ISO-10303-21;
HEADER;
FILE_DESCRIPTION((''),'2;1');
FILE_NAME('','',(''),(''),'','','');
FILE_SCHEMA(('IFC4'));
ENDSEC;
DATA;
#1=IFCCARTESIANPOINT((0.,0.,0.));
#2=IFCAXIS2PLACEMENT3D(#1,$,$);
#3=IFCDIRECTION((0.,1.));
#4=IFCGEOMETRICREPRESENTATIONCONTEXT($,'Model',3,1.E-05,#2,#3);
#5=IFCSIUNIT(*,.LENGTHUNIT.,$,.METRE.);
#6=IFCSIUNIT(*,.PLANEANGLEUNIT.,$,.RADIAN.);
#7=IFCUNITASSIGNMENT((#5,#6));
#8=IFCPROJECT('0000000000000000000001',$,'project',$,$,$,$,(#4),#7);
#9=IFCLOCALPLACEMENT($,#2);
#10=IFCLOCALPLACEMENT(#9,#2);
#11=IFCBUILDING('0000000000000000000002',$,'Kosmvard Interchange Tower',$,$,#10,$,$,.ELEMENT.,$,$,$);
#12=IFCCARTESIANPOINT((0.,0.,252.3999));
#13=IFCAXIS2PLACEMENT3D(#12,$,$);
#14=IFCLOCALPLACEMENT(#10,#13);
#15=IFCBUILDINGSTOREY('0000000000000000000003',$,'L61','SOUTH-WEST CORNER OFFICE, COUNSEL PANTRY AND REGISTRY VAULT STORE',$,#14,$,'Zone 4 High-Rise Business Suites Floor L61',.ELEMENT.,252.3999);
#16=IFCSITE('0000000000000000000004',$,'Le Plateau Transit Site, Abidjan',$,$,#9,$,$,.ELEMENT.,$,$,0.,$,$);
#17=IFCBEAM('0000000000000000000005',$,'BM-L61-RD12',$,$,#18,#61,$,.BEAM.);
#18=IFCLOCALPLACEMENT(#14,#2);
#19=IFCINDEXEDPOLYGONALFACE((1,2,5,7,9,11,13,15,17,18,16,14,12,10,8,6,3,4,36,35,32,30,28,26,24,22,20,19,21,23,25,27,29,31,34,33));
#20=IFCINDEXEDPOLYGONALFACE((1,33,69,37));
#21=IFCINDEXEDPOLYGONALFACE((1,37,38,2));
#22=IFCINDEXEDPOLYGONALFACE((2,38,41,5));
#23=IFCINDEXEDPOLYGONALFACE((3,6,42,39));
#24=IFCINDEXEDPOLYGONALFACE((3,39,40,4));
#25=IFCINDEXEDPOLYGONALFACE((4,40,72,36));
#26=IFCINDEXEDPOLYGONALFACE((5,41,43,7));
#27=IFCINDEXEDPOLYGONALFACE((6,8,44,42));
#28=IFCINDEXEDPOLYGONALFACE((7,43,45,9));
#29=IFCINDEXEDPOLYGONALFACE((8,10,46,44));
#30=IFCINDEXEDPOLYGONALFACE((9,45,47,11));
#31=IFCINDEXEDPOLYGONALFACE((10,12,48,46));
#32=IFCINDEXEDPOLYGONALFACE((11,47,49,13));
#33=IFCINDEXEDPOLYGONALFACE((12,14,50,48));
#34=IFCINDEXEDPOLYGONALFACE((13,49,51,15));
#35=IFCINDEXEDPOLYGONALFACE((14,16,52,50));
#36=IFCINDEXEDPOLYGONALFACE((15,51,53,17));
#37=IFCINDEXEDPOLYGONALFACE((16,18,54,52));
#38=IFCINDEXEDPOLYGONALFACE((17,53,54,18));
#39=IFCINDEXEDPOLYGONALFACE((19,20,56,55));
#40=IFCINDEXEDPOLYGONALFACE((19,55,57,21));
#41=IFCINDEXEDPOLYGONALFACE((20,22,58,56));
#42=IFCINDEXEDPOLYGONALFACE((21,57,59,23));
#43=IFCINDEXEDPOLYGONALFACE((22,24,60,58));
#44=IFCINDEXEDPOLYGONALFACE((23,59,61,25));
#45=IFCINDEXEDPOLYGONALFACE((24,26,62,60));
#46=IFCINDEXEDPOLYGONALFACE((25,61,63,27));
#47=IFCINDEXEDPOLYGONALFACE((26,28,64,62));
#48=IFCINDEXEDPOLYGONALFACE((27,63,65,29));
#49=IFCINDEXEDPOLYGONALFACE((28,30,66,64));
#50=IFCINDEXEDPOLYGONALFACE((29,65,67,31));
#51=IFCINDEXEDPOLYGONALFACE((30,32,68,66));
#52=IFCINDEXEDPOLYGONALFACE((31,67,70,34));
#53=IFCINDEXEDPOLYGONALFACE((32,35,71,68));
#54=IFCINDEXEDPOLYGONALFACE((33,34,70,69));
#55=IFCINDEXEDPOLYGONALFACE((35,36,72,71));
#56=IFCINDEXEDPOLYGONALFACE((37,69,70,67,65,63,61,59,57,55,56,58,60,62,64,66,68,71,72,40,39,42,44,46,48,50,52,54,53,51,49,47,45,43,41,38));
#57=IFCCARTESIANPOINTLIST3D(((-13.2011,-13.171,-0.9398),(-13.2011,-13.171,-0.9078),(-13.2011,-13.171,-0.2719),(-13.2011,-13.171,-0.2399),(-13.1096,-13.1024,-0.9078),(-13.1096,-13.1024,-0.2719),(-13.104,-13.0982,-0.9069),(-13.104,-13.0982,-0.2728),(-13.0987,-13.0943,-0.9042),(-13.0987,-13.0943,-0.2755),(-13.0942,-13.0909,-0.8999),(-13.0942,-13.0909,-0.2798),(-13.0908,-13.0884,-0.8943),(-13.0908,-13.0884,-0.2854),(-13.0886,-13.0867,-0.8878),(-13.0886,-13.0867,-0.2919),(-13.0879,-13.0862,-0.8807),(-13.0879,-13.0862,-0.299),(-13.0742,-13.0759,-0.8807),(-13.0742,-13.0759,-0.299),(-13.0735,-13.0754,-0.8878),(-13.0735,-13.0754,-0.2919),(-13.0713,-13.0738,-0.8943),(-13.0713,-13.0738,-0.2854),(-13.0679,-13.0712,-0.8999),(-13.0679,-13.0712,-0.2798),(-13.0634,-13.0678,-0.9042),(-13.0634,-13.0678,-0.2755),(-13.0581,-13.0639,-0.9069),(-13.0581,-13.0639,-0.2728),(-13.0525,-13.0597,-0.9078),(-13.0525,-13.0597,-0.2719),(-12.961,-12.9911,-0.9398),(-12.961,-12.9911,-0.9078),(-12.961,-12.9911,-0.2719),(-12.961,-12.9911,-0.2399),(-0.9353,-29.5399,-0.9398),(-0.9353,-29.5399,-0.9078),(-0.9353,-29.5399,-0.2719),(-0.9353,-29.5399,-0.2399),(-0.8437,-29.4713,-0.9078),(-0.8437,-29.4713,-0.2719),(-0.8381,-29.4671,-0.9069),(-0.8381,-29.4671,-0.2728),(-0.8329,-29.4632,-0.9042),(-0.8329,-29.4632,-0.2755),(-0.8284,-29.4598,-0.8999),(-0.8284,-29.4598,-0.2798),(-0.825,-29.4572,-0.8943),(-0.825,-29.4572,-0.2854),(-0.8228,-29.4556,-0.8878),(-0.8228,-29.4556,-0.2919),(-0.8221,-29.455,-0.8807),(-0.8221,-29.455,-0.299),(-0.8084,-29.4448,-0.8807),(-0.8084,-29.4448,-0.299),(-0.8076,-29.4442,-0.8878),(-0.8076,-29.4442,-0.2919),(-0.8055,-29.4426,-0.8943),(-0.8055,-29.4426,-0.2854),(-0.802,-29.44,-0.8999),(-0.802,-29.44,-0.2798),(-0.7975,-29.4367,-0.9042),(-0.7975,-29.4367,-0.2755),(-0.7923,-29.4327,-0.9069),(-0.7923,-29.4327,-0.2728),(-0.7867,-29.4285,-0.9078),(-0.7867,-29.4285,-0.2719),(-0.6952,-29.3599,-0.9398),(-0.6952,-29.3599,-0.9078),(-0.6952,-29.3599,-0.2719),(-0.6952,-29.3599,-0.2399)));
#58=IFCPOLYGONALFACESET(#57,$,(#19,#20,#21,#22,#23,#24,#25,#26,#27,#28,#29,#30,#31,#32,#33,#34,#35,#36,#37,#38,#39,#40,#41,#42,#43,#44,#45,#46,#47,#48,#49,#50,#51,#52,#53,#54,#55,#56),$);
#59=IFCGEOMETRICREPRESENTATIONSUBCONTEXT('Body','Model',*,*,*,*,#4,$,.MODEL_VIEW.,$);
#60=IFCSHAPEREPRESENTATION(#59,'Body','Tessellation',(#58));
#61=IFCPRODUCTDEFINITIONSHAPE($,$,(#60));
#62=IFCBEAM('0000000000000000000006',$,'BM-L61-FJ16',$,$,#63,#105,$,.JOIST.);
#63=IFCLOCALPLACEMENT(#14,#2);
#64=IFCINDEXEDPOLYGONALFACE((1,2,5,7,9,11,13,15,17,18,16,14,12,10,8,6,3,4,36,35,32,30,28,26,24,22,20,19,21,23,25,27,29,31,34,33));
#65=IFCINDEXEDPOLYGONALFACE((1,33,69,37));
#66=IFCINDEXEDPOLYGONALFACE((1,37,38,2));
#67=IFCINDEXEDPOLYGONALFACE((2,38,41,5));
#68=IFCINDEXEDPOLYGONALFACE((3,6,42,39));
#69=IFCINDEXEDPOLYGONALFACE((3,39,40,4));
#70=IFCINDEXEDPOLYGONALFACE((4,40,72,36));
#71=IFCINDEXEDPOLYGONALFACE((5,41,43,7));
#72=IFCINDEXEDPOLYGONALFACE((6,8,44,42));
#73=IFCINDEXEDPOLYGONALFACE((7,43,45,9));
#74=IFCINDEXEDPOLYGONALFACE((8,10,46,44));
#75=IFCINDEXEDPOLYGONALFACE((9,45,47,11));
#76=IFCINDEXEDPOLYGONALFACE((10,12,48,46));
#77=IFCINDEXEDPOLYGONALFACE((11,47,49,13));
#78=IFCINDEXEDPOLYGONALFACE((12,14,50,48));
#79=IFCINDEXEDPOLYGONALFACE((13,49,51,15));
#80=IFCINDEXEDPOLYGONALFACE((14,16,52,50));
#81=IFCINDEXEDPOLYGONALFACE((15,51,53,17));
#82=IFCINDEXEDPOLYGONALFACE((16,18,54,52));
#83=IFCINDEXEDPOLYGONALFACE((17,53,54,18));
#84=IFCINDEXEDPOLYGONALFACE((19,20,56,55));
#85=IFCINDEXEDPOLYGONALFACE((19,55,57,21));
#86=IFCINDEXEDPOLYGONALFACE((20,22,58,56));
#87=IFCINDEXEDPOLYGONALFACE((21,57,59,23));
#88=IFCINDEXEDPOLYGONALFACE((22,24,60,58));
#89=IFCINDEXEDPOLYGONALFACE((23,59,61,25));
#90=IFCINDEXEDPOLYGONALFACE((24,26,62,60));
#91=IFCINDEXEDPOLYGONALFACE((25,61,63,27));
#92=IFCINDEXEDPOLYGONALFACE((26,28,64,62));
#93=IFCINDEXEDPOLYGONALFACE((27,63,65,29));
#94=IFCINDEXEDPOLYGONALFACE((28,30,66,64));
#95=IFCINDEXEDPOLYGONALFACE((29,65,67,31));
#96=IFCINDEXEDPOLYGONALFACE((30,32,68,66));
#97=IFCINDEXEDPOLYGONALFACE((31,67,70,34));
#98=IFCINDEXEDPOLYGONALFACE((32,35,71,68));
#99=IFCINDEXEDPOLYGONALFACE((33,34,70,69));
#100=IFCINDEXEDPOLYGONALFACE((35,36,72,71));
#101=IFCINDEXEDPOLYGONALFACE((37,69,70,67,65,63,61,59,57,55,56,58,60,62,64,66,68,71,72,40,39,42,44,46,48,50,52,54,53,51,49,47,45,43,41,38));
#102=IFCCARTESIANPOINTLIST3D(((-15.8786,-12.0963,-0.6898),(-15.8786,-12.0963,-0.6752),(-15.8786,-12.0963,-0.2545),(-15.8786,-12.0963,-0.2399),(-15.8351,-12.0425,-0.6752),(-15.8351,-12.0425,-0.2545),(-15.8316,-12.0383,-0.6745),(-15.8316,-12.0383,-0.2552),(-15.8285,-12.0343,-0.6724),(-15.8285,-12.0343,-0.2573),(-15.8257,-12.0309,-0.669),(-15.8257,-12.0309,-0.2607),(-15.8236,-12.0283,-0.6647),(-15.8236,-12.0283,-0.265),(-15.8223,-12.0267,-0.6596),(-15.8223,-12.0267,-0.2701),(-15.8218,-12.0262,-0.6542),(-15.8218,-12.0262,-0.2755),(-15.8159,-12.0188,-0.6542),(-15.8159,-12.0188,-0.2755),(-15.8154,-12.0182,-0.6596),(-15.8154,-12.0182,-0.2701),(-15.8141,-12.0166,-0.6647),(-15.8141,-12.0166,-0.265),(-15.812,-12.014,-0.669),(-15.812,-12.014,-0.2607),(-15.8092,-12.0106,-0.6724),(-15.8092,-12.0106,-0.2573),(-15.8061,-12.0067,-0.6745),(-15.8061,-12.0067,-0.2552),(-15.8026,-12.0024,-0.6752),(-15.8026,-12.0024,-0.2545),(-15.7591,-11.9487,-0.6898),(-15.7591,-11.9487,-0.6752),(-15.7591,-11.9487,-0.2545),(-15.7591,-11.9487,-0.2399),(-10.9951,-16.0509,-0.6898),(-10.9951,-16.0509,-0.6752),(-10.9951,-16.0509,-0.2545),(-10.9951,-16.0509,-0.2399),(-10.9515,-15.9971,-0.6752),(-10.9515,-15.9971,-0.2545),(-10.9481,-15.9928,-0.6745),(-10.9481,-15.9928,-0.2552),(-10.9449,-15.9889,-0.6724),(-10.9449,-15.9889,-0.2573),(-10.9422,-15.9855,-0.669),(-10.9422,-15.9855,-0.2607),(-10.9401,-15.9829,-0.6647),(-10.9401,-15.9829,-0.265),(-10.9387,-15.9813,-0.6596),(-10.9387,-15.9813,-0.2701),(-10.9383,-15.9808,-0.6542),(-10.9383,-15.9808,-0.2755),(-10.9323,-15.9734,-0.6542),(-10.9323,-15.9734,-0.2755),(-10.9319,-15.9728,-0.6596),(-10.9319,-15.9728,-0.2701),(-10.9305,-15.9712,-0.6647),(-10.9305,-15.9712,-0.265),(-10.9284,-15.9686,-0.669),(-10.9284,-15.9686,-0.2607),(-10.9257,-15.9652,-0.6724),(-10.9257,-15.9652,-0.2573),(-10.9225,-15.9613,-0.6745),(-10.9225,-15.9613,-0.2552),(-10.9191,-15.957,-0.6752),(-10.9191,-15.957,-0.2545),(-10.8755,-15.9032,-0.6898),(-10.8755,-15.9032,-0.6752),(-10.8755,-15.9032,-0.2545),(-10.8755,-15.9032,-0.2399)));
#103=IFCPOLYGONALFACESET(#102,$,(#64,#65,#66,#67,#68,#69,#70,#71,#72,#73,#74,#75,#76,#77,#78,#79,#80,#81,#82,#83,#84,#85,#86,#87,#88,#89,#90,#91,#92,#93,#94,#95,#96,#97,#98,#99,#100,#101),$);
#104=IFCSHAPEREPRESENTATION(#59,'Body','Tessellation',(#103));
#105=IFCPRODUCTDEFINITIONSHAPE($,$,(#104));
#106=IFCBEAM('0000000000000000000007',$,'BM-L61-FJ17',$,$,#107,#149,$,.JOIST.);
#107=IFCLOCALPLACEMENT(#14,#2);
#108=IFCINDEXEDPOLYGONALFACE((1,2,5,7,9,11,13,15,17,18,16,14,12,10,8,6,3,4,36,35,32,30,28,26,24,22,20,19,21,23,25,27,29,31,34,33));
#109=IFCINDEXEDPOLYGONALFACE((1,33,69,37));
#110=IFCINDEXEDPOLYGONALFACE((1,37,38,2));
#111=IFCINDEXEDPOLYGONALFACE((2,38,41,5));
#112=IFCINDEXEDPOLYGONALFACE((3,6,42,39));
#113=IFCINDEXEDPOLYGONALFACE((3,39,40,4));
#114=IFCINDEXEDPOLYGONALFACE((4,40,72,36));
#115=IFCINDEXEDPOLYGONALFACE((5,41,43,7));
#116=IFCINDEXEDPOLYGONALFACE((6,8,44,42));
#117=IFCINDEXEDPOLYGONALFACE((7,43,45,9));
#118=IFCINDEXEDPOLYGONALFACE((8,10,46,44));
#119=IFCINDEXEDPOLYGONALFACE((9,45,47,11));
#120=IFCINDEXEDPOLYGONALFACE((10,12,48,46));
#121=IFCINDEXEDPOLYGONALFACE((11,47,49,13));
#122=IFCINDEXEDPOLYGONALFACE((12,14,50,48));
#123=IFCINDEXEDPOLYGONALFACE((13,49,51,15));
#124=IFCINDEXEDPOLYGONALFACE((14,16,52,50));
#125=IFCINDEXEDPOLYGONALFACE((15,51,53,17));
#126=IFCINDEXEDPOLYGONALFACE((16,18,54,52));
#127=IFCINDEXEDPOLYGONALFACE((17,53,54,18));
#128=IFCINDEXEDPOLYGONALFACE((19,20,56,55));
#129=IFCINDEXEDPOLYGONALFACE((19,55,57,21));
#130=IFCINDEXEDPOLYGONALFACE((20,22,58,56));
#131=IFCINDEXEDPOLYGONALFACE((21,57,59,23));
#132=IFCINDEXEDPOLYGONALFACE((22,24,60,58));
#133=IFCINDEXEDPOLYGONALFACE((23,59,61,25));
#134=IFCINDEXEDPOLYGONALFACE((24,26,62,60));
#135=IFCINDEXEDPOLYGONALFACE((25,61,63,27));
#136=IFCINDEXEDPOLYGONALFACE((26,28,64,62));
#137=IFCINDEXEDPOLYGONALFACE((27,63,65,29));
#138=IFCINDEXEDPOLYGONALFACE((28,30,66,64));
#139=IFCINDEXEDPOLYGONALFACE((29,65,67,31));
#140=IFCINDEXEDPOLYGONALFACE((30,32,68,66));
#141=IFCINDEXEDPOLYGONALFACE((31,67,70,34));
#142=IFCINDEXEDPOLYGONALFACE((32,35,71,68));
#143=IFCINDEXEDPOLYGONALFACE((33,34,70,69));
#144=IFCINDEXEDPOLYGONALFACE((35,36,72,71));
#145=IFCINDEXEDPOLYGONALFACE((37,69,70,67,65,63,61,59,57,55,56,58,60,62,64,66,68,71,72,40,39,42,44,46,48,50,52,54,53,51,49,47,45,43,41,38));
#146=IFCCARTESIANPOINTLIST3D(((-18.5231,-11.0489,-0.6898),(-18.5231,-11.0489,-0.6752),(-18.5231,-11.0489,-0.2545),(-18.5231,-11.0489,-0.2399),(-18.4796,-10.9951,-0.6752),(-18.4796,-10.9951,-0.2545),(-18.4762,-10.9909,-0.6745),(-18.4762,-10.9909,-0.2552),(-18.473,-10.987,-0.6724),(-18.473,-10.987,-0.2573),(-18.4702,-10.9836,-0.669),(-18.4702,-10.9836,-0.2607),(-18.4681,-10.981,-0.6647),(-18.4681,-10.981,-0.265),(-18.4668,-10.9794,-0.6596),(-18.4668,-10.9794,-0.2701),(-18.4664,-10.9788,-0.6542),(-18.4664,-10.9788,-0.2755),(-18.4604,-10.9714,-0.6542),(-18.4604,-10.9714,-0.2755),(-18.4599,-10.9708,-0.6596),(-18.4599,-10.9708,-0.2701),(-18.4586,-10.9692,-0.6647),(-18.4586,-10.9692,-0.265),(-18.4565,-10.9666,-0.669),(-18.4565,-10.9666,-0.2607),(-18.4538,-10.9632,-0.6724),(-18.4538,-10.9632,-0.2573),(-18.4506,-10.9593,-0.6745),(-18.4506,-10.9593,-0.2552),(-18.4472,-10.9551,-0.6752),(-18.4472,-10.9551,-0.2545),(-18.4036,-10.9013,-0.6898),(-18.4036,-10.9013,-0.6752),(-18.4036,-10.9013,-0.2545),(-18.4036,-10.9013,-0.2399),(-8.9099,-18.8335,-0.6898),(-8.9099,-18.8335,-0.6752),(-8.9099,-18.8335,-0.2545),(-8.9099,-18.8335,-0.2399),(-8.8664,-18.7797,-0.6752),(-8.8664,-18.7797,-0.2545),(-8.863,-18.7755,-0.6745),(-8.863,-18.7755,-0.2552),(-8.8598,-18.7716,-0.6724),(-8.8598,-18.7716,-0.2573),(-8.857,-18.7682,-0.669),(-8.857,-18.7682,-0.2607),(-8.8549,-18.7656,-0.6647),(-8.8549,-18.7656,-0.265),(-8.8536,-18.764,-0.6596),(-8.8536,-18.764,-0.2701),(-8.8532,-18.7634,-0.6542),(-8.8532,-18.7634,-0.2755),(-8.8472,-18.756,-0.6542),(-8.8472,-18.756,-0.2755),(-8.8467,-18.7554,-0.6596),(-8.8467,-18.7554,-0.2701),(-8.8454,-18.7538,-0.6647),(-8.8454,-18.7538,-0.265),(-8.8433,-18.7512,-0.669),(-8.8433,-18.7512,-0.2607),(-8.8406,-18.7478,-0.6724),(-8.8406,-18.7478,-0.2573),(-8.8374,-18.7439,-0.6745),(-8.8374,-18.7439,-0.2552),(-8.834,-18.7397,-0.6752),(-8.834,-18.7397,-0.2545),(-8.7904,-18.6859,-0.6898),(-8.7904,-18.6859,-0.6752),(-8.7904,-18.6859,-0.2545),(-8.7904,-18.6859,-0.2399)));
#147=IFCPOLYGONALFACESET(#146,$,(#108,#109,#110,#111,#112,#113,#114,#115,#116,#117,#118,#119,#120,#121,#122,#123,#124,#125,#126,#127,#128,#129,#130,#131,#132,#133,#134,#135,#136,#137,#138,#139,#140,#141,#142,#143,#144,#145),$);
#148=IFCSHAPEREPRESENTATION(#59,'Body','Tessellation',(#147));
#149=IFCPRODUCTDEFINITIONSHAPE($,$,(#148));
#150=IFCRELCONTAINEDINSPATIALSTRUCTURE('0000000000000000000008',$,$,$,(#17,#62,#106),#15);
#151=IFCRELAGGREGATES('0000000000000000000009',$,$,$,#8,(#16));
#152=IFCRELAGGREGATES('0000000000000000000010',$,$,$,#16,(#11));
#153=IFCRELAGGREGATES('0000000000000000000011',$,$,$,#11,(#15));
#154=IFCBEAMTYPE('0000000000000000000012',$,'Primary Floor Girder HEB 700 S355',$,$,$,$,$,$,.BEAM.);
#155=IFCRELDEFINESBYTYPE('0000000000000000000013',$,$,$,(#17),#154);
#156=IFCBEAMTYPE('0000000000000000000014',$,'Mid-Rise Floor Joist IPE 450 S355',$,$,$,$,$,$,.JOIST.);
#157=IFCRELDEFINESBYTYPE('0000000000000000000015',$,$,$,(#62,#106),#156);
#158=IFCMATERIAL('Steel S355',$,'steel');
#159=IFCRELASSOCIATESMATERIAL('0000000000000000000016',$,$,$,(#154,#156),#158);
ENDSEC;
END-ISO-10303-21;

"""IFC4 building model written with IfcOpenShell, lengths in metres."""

from ifc_helpers import new_model, si_unit, direction, frame, origin, origin_2d, place, context, subcontext, project, spatial, i_section, extrude, source, transform, mapped, material, material_profile, profile_set, type_object, element, save


model = new_model("IFC4")

# Units and contexts
model_context = context("Model", 3, precision=1e-05, world=origin(), true_north=direction((0.0, 1.0)))
body_context = subcontext(model_context, "Body", "Model", "MODEL_VIEW")
ifc_project = project(units=[si_unit("LENGTHUNIT", "METRE"), si_unit("PLANEANGLEUNIT", "RADIAN")], contexts=[model_context])

# Site, building, storey
site_placement = place(None, origin())
site = spatial("IfcSite", under=ifc_project, at=site_placement, Name="Le Plateau Transit Site, Abidjan", CompositionType="ELEMENT", RefElevation=0.0)
building_placement = place(site_placement, origin())
building = spatial("IfcBuilding", under=site, at=building_placement, Name="Kosmvard Interchange Tower", CompositionType="ELEMENT")
storey_placement = place(building_placement, frame((0.0, 0.0, 252.3999)))
storey = spatial("IfcBuildingStorey", under=building, at=storey_placement, Name="L61", Description="SOUTH-WEST CORNER OFFICE, COUNSEL PANTRY AND REGISTRY VAULT STORE", LongName="Zone 4 High-Rise Business Suites Floor L61", CompositionType="ELEMENT", Elevation=252.3999)

# Beams
ifc_material_1 = material(Name="Steel S355", Category="steel")
ifc_material_profile_1 = material_profile(ifc_material_1, i_section(OverallWidth=0.3, OverallDepth=0.7, WebThickness=0.0171, FlangeThickness=0.032, FilletRadius=0.0271, at=origin_2d()), Name="HEB 700")
ifc_profile_set_1 = profile_set([ifc_material_profile_1], Name="Steel S355")
beam_type_1 = type_object("IfcBeamType", Name="Primary Floor Girder HEB 700 S355", PredefinedType="BEAM", material=ifc_profile_set_1)
shared_shape_1 = source(origin(), body_context, "Body", "SweptSolid", [
    extrude(i_section(OverallWidth=0.3, OverallDepth=0.7, WebThickness=0.0171, FlangeThickness=0.032, FilletRadius=0.0271, at=origin_2d()), origin(), (0.0, 0.0, 1.0), 20.4546),
])
beam_1_placement = place(storey_placement, frame((-13.0811, -13.0811, -0.5898), z_axis=(0.599662, -0.800253, 0.0), x_axis=(0.800253, 0.599662, 0.0)))
element("IfcBeam", 1, at=beam_1_placement, inside=storey, type_object=beam_type_1, Name="BM-L61-RD12", PredefinedType="BEAM", context=body_context, shape_type="MappedRepresentation", body=[
    mapped(shared_shape_1, transform((0.0, 0.0, 0.0), scale=1.0)),
])
ifc_material_profile_2 = material_profile(ifc_material_1, i_section(OverallWidth=0.1899, OverallDepth=0.45, WebThickness=0.0095, FlangeThickness=0.0146, FilletRadius=0.021, at=origin_2d()), Name="IPE 450")
ifc_profile_set_2 = profile_set([ifc_material_profile_2], Name="Steel S355")
beam_type_2 = type_object("IfcBeamType", Name="Mid-Rise Floor Joist IPE 450 S355", PredefinedType="JOIST", material=ifc_profile_set_2)
shared_shape_2 = source(origin(), body_context, "Body", "SweptSolid", [
    extrude(i_section(OverallWidth=0.1899, OverallDepth=0.45, WebThickness=0.0095, FlangeThickness=0.0146, FilletRadius=0.021, at=origin_2d()), origin(), (0.0, 0.0, 1.0), 6.2839),
])
beam_2_placement = place(storey_placement, frame((-15.8188, -12.0225, -0.4648), z_axis=(0.777148, -0.629318, 0.0), x_axis=(0.629318, 0.777148, 0.0)))
element("IfcBeam", 2, at=beam_2_placement, inside=storey, type_object=beam_type_2, Name="BM-L61-FJ16", PredefinedType="JOIST", context=body_context, shape_type="MappedRepresentation", body=[
    mapped(shared_shape_2, transform((0.0, 0.0, 0.0), scale=1.0)),
])
shared_shape_3 = source(origin(), body_context, "Body", "SweptSolid", [
    extrude(i_section(OverallWidth=0.1899, OverallDepth=0.45, WebThickness=0.0095, FlangeThickness=0.0146, FilletRadius=0.021, at=origin_2d()), origin(), (0.0, 0.0, 1.0), 12.3699),
])
beam_3_placement = place(storey_placement, frame((-18.4634, -10.9751, -0.4648), z_axis=(0.777147, -0.62932, 0.0), x_axis=(0.62932, 0.777147, 0.0)))
element("IfcBeam", 3, at=beam_3_placement, inside=storey, type_object=beam_type_2, Name="BM-L61-FJ17", PredefinedType="JOIST", context=body_context, shape_type="MappedRepresentation", body=[
    mapped(shared_shape_3, transform((0.0, 0.0, 0.0), scale=1.0)),
])

save(model, "model.ifc")
